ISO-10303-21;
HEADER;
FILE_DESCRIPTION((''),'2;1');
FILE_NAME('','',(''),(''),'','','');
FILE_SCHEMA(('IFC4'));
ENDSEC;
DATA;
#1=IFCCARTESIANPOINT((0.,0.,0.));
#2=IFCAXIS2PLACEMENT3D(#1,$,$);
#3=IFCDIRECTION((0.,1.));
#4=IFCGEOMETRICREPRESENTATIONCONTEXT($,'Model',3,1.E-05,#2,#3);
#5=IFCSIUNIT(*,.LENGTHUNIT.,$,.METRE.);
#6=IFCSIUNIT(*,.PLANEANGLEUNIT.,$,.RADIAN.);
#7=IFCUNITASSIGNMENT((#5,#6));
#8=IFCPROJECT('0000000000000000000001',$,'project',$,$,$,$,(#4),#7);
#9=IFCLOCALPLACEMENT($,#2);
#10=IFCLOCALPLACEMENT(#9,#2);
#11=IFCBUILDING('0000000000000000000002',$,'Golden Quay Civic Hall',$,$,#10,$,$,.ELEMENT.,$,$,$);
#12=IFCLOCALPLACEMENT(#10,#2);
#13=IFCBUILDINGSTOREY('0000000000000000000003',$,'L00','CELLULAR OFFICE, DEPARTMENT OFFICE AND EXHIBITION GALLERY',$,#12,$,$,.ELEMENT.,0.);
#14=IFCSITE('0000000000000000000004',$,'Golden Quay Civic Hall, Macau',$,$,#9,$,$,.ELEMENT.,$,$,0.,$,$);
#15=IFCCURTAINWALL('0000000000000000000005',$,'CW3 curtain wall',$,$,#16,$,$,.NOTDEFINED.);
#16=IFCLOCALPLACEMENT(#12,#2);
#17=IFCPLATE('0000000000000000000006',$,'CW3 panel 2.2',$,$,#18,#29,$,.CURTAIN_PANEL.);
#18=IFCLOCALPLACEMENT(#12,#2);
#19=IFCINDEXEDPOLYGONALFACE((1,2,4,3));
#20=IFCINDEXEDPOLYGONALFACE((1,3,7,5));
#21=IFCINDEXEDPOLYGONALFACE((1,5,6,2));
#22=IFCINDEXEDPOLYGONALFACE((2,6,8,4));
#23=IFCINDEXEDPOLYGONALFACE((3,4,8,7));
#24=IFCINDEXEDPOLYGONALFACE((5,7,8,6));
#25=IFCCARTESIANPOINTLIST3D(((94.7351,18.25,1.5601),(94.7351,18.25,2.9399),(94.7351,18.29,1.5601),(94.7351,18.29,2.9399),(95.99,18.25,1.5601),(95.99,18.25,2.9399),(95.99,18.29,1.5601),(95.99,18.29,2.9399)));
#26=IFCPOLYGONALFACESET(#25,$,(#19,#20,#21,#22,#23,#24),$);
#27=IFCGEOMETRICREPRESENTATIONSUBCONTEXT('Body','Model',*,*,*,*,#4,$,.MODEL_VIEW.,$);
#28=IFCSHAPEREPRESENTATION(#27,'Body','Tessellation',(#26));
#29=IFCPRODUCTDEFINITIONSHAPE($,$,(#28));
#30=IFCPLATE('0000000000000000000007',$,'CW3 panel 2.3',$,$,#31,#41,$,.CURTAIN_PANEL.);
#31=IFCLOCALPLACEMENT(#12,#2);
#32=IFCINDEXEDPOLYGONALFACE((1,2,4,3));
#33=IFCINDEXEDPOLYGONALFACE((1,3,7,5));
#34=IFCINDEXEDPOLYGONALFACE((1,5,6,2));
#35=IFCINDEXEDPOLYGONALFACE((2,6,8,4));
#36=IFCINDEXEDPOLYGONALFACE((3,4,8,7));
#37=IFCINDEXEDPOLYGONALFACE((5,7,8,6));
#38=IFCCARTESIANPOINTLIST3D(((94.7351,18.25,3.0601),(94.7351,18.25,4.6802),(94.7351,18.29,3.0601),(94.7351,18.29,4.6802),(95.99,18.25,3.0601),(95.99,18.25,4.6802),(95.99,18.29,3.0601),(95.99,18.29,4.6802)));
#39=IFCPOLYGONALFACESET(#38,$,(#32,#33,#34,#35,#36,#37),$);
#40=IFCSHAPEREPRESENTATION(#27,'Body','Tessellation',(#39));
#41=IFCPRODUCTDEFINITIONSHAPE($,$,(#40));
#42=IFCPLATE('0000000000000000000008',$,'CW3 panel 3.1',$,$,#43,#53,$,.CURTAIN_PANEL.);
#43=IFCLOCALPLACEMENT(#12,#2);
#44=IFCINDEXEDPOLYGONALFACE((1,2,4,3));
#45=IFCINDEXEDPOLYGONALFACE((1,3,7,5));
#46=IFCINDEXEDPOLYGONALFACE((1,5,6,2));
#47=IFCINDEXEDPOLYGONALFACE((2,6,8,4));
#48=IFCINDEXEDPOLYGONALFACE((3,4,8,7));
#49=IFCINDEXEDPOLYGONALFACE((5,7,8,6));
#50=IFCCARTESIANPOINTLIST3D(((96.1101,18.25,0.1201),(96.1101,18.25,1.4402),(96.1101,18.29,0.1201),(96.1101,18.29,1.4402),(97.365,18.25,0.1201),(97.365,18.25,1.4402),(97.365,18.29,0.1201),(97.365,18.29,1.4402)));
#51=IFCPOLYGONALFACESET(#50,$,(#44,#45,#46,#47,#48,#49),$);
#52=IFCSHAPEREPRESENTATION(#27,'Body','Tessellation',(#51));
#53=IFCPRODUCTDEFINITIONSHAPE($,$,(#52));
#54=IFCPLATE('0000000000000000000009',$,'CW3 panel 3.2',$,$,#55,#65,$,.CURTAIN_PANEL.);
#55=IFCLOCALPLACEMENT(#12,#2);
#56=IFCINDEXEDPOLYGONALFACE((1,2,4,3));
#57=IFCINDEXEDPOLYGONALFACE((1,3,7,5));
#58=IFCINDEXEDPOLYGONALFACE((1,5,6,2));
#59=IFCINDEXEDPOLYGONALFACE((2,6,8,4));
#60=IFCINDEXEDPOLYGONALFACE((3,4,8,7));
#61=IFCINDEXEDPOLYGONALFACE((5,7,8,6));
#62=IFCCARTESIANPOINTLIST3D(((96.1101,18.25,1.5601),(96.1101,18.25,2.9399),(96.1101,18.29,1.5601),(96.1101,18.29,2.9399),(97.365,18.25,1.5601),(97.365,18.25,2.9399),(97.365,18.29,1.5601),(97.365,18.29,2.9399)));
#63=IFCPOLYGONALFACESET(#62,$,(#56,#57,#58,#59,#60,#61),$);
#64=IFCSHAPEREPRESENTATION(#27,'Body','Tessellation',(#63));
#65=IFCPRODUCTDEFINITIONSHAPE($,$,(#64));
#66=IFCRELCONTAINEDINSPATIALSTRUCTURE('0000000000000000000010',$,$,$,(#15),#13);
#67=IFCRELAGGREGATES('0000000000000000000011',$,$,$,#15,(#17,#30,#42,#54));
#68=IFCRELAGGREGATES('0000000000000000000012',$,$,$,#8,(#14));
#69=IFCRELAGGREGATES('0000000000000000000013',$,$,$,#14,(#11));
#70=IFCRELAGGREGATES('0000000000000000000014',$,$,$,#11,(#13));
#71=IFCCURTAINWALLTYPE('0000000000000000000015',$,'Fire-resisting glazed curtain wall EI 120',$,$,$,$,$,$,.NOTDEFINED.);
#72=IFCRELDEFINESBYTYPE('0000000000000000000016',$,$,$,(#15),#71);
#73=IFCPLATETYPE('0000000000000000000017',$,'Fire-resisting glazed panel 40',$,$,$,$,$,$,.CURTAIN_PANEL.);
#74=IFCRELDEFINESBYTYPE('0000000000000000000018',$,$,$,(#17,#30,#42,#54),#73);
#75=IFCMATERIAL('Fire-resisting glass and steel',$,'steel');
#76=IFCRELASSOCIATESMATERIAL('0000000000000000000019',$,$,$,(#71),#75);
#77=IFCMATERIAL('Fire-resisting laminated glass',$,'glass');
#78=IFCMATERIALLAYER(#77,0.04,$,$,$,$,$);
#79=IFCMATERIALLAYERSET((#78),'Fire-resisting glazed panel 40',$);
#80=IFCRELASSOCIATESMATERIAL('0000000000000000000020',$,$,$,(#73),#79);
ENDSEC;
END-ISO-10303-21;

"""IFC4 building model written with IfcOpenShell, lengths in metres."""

from ifc_helpers import new_model, si_unit, direction, frame, origin, origin_2d, place, context, subcontext, project, spatial, rectangle, extrude, material, layer, layer_set, type_object, element, aggregate, save


model = new_model("IFC4")

# Units and contexts
model_context = context("Model", 3, precision=1e-05, world=origin(), true_north=direction((0.0, 1.0)))
body_context = subcontext(model_context, "Body", "Model", "MODEL_VIEW")
ifc_project = project(units=[si_unit("LENGTHUNIT", "METRE"), si_unit("PLANEANGLEUNIT", "RADIAN")], contexts=[model_context])

# Site, building, storey
site_placement = place(None, origin())
site = spatial("IfcSite", under=ifc_project, at=site_placement, Name="Golden Quay Civic Hall, Macau", CompositionType="ELEMENT", RefElevation=0.0)
building_placement = place(site_placement, origin())
building = spatial("IfcBuilding", under=site, at=building_placement, Name="Golden Quay Civic Hall", CompositionType="ELEMENT")
storey_placement = place(building_placement, origin())
storey = spatial("IfcBuildingStorey", under=building, at=storey_placement, Name="L00", Description="CELLULAR OFFICE, DEPARTMENT OFFICE AND EXHIBITION GALLERY", CompositionType="ELEMENT", Elevation=0.0)

# Curtain wall, plates
ifc_material_1 = material(Name="Fire-resisting glass and steel", Category="steel")
curtain_wall_type = type_object("IfcCurtainWallType", Name="Fire-resisting glazed curtain wall EI 120", PredefinedType="NOTDEFINED", material=ifc_material_1)
curtain_wall_placement = place(storey_placement, origin())
curtain_wall = element("IfcCurtainWall", 1, at=curtain_wall_placement, inside=storey, type_object=curtain_wall_type, Name="CW3 curtain wall", PredefinedType="NOTDEFINED")
ifc_material_2 = material(Name="Fire-resisting laminated glass", Category="glass")
ifc_layer = layer(ifc_material_2, 0.04)
ifc_layer_set = layer_set([ifc_layer], Name="Fire-resisting glazed panel 40")
plate_type = type_object("IfcPlateType", Name="Fire-resisting glazed panel 40", PredefinedType="CURTAIN_PANEL", material=ifc_layer_set)
plate_1_placement = place(storey_placement, frame((95.3625, 18.27, 1.5601), z_axis=(0.0, 0.0, 1.0), x_axis=(1.0, 0.0, 0.0)))
plate_1 = element("IfcPlate", 2, at=plate_1_placement, type_object=plate_type, Name="CW3 panel 2.2", PredefinedType="CURTAIN_PANEL", context=body_context, shape_type="SweptSolid", body=[
    extrude(rectangle(XDim=1.2549, YDim=0.04, at=origin_2d()), origin(), (0.0, 0.0, 1.0), 1.3799),
])
plate_2_placement = place(storey_placement, frame((95.3625, 18.27, 3.0601), z_axis=(0.0, 0.0, 1.0), x_axis=(1.0, 0.0, 0.0)))
plate_2 = element("IfcPlate", 3, at=plate_2_placement, type_object=plate_type, Name="CW3 panel 2.3", PredefinedType="CURTAIN_PANEL", context=body_context, shape_type="SweptSolid", body=[
    extrude(rectangle(XDim=1.2549, YDim=0.04, at=origin_2d()), origin(), (0.0, 0.0, 1.0), 1.6201),
])
plate_3_placement = place(storey_placement, frame((96.7375, 18.27, 0.1201), z_axis=(0.0, 0.0, 1.0), x_axis=(1.0, 0.0, 0.0)))
plate_3 = element("IfcPlate", 4, at=plate_3_placement, type_object=plate_type, Name="CW3 panel 3.1", PredefinedType="CURTAIN_PANEL", context=body_context, shape_type="SweptSolid", body=[
    extrude(rectangle(XDim=1.2549, YDim=0.04, at=origin_2d()), origin(), (0.0, 0.0, 1.0), 1.3201),
])
plate_4_placement = place(storey_placement, frame((96.7375, 18.27, 1.5601), z_axis=(0.0, 0.0, 1.0), x_axis=(1.0, 0.0, 0.0)))
plate_4 = element("IfcPlate", 5, at=plate_4_placement, type_object=plate_type, Name="CW3 panel 3.2", PredefinedType="CURTAIN_PANEL", context=body_context, shape_type="SweptSolid", body=[
    extrude(rectangle(XDim=1.2549, YDim=0.04, at=origin_2d()), origin(), (0.0, 0.0, 1.0), 1.3799),
])
aggregate(curtain_wall, [plate_1, plate_2, plate_3, plate_4])

save(model, "model.ifc")
